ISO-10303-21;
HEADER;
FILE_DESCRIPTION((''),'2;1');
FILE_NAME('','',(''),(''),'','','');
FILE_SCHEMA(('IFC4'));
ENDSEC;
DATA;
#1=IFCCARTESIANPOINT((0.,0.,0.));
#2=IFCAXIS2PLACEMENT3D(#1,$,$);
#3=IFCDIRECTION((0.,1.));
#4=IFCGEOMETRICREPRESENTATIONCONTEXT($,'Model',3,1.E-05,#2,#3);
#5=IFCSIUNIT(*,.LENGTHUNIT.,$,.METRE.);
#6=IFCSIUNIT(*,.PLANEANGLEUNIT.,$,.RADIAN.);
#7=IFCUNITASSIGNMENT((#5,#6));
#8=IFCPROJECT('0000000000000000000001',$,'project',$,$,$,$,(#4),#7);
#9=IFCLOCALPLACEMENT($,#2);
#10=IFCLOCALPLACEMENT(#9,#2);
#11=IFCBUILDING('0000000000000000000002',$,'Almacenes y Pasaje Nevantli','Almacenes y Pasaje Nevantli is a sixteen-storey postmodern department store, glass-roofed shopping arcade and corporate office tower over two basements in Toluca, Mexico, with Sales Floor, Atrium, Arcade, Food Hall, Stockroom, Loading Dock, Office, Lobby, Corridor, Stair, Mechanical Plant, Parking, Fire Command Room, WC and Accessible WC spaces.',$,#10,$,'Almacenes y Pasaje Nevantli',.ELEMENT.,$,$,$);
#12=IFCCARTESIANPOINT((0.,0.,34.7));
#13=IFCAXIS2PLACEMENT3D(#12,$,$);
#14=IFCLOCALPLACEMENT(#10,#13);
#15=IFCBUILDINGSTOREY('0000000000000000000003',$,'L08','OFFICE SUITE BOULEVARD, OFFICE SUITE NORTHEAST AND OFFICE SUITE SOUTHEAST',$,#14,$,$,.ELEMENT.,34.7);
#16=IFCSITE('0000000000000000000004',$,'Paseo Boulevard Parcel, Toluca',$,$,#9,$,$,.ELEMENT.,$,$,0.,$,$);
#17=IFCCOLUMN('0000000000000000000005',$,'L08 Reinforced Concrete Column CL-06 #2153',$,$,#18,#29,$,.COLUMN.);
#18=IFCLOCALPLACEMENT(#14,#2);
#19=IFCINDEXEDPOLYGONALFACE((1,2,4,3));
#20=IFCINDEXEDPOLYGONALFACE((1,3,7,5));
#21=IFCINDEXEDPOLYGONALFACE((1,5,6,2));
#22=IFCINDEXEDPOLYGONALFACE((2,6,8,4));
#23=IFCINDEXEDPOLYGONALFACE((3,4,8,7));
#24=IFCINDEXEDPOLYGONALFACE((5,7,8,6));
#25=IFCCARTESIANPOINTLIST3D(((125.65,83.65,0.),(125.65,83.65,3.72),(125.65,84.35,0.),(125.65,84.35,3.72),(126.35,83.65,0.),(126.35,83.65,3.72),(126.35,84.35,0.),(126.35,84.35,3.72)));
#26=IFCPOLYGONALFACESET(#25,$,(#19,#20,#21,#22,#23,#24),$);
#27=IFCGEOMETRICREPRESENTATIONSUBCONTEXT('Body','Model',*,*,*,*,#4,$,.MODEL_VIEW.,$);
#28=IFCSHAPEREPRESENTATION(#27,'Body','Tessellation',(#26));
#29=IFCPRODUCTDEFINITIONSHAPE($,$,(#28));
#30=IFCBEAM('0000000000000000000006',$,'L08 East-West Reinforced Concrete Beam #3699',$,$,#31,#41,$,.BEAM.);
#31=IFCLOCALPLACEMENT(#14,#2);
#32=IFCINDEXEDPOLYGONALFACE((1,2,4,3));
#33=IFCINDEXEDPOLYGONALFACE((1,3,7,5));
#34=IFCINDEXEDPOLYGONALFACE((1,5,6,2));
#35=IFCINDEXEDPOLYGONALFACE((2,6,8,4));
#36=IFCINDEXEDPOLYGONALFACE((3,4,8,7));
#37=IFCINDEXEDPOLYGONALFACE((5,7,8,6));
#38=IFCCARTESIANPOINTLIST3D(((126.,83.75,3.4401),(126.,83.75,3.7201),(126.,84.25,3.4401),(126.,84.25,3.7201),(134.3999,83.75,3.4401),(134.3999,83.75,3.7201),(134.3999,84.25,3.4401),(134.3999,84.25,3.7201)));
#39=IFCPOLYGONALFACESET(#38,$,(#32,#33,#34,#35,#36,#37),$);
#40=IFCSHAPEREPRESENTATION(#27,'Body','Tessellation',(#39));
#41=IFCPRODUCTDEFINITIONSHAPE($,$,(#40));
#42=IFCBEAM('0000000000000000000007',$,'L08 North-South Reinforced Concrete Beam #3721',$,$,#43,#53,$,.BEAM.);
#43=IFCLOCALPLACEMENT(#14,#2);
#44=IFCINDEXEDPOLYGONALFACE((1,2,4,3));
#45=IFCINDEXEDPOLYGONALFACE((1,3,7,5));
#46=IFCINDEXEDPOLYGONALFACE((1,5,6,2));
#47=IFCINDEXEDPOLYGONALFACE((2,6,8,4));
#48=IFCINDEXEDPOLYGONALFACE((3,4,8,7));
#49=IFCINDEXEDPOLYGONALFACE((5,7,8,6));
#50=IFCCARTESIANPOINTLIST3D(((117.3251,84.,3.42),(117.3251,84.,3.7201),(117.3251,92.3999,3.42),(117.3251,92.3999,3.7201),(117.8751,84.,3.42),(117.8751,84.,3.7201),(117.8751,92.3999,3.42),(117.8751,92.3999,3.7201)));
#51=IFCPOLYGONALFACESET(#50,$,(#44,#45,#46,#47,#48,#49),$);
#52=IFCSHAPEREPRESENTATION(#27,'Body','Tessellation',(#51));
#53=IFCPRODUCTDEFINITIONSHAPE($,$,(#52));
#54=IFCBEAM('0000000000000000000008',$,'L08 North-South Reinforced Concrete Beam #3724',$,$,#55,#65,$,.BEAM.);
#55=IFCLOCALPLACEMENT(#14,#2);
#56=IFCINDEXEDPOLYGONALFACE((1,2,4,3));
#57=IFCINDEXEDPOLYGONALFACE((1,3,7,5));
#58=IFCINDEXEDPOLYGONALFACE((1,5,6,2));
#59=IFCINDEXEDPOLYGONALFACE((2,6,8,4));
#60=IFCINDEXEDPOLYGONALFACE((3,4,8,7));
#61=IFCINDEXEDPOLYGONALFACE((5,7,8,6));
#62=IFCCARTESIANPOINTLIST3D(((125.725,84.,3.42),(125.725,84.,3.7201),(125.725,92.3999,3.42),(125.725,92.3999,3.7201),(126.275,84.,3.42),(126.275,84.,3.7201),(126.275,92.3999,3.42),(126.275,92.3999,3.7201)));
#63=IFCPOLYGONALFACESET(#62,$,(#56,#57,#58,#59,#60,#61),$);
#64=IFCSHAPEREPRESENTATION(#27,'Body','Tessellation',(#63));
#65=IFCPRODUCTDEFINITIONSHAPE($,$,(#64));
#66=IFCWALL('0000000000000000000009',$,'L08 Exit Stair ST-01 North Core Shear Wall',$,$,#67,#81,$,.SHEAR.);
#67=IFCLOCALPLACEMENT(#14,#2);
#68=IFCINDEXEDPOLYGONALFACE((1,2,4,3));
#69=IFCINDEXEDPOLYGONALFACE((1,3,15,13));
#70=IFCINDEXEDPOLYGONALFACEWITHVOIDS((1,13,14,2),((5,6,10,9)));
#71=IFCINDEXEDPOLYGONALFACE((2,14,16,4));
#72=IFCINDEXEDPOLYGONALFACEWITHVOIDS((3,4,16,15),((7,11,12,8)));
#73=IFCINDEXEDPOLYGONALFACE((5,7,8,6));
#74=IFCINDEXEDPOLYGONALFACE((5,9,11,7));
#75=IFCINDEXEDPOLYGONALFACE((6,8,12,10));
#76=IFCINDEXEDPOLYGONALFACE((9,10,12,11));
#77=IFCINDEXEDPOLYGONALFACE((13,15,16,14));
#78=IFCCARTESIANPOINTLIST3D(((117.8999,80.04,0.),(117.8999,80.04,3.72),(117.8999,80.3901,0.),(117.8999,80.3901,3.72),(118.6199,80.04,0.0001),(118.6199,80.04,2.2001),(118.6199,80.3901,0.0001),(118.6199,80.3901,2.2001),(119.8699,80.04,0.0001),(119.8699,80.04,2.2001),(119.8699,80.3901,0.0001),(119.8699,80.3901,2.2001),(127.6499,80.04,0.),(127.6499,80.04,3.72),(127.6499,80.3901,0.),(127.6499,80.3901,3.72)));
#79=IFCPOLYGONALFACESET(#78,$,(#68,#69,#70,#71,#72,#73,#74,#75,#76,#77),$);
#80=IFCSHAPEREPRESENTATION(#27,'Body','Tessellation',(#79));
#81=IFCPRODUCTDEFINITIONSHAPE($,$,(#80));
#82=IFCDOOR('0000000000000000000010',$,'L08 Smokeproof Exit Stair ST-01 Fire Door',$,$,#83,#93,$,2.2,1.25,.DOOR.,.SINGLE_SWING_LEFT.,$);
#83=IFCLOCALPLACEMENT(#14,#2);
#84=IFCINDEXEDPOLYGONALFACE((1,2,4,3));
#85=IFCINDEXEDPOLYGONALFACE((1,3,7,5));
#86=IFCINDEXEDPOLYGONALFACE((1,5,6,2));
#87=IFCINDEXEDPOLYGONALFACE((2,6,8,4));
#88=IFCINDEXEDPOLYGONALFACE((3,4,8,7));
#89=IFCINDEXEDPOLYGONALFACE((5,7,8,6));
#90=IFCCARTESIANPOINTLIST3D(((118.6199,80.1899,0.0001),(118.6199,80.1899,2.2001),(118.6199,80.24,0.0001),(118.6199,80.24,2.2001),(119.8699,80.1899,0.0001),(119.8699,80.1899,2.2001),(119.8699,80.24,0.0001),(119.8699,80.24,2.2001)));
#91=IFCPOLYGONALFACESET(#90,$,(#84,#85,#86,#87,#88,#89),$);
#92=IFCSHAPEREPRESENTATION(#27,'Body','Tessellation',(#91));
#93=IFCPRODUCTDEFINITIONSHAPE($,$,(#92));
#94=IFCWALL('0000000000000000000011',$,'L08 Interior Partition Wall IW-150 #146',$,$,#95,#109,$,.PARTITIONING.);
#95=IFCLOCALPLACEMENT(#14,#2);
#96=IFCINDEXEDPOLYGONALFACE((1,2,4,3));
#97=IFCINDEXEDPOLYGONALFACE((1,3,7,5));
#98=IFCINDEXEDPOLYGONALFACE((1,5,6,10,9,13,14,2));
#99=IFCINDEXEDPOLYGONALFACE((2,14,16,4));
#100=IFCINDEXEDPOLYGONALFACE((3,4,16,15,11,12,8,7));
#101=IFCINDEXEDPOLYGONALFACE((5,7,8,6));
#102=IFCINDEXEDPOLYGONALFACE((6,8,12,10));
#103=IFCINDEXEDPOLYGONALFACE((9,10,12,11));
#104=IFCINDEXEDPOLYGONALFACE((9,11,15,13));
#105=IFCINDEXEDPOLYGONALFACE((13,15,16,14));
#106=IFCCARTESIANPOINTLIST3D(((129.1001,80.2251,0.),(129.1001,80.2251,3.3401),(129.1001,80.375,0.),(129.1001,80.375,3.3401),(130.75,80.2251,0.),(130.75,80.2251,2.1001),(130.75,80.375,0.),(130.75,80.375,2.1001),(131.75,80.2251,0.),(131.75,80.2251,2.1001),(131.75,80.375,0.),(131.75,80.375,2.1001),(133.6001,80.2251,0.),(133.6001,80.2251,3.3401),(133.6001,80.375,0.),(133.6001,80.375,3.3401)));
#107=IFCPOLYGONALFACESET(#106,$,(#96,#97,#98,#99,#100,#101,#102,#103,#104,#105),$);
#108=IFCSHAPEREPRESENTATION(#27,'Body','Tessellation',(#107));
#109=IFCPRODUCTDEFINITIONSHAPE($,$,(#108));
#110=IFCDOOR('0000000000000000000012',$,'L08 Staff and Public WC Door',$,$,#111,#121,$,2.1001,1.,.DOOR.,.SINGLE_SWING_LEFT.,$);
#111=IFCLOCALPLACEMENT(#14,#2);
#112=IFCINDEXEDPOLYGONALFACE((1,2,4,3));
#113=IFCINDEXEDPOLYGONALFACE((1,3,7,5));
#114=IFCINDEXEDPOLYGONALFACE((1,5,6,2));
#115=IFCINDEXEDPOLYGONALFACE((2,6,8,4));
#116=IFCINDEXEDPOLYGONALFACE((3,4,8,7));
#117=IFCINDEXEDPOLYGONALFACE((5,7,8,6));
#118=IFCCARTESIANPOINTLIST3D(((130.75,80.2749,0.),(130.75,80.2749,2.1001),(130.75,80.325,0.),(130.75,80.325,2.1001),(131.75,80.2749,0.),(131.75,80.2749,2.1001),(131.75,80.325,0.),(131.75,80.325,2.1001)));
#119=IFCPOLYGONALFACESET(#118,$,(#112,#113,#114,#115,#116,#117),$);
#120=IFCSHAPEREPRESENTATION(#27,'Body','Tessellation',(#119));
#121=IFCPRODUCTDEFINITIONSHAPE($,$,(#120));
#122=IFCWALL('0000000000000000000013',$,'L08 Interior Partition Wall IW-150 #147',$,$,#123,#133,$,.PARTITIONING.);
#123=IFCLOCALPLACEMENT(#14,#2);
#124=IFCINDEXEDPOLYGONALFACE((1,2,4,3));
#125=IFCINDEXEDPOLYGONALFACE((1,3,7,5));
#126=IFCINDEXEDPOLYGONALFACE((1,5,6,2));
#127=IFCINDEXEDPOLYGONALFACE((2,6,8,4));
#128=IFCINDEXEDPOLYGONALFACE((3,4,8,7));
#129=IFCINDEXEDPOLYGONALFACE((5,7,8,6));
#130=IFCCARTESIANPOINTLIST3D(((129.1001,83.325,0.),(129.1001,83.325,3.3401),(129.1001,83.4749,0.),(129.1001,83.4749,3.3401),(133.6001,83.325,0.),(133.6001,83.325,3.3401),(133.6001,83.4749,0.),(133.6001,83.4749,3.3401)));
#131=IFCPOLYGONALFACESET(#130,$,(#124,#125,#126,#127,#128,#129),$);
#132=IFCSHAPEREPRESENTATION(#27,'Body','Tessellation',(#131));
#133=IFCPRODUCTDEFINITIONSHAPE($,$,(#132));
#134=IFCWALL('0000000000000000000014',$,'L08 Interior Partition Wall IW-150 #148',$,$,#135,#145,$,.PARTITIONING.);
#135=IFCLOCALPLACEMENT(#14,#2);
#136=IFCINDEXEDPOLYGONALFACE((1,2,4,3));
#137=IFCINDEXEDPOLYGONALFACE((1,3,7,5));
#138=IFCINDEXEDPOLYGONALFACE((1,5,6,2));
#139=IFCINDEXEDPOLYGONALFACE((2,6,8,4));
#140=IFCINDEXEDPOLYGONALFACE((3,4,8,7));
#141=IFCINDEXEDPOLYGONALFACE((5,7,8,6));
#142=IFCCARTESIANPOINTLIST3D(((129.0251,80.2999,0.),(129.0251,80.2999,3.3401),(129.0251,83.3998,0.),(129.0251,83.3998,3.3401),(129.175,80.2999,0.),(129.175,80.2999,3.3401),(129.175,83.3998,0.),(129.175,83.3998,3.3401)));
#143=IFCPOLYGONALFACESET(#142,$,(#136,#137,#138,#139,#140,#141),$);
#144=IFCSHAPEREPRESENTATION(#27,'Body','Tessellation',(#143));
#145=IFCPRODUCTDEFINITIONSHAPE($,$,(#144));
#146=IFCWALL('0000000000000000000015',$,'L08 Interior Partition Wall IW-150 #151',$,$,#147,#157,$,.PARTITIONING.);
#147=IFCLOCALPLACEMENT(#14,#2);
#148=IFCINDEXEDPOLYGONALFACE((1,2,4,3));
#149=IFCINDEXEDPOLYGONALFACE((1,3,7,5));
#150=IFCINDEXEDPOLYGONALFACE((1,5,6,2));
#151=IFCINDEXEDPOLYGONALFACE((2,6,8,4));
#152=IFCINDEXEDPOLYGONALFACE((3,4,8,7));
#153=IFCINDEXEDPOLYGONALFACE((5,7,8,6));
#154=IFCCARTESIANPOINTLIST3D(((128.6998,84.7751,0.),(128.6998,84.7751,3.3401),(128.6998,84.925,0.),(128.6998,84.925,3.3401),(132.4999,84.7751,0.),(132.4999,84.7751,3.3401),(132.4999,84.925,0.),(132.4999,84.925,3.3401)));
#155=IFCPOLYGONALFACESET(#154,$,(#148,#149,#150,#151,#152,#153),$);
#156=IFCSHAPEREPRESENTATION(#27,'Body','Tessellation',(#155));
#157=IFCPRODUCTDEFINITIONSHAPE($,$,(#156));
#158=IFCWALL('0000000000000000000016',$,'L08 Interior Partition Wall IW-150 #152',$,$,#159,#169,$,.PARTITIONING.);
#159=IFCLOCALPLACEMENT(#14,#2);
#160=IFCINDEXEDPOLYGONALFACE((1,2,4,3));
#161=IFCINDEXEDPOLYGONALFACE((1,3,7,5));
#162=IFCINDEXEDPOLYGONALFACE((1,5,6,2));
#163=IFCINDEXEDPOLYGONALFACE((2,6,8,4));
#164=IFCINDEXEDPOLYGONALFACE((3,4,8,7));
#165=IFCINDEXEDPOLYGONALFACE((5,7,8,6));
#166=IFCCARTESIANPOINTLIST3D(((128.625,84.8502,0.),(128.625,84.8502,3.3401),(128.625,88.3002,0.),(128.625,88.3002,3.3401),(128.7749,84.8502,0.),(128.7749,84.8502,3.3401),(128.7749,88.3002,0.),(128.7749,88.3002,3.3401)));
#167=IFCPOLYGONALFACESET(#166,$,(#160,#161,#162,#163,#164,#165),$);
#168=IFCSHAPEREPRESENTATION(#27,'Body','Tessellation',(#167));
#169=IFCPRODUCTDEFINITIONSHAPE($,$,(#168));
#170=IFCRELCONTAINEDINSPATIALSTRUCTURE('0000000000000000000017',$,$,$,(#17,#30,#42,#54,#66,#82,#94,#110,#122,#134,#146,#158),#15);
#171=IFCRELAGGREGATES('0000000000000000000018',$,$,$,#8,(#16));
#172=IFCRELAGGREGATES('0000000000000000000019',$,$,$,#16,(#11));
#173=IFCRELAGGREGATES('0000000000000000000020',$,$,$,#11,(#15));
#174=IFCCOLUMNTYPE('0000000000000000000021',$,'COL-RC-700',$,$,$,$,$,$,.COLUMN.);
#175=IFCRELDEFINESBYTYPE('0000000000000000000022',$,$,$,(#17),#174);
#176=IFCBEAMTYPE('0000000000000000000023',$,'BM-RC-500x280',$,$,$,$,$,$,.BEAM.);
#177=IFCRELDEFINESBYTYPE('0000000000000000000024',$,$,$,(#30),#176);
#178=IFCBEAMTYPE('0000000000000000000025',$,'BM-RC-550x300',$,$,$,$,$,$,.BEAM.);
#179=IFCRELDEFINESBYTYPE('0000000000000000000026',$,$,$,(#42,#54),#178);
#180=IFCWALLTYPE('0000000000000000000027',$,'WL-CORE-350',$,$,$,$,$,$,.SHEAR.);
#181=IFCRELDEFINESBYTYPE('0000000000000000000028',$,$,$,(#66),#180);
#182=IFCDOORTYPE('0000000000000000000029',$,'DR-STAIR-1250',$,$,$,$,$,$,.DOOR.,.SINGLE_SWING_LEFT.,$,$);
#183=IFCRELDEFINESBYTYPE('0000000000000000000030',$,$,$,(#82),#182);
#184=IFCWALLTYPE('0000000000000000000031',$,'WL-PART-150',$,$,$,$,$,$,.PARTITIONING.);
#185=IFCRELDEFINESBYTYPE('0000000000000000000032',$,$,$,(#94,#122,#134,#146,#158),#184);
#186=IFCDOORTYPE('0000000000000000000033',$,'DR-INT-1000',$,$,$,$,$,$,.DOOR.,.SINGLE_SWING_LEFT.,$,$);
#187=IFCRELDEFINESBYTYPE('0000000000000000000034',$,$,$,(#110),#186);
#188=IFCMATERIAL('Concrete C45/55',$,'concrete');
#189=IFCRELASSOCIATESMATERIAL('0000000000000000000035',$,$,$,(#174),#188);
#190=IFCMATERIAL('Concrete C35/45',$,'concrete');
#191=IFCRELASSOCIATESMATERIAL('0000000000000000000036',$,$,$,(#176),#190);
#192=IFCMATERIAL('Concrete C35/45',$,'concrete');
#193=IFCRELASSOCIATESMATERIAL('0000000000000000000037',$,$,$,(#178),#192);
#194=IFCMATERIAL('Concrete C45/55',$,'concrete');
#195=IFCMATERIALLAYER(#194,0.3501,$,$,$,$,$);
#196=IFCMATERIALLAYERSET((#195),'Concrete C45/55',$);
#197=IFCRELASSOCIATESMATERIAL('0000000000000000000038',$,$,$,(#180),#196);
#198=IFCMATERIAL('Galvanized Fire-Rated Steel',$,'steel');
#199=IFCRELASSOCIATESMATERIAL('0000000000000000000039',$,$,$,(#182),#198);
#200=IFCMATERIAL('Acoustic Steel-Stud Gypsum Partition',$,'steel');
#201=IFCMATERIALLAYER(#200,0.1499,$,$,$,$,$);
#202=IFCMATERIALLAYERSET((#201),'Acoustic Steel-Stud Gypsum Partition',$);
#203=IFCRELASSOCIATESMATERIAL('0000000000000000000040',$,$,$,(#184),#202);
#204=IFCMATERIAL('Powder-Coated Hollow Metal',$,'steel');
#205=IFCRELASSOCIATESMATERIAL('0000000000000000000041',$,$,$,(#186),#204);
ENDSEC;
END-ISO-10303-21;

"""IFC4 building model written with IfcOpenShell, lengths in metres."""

from ifc_helpers import new_model, si_unit, direction, frame, frame_2d, origin, origin_2d, place, context, subcontext, project, spatial, rectangle, extrude, material, layer, layer_set, material_profile, profile_set, type_object, element, fill, save


model = new_model("IFC4")

# Units and contexts
model_context = context("Model", 3, precision=1e-05, world=origin(), true_north=direction((0.0, 1.0)))
body_context = subcontext(model_context, "Body", "Model", "MODEL_VIEW")
ifc_project = project(units=[si_unit("LENGTHUNIT", "METRE"), si_unit("PLANEANGLEUNIT", "RADIAN")], contexts=[model_context])

# Site, building, storey
site_placement = place(None, origin())
site = spatial("IfcSite", under=ifc_project, at=site_placement, Name="Paseo Boulevard Parcel, Toluca", CompositionType="ELEMENT", RefElevation=0.0)
building_placement = place(site_placement, origin())
building = spatial("IfcBuilding", under=site, at=building_placement, Name="Almacenes y Pasaje Nevantli", Description="Almacenes y Pasaje Nevantli is a sixteen-storey postmodern department store, glass-roofed shopping arcade and corporate office tower over two basements in Toluca, Mexico, with Sales Floor, Atrium, Arcade, Food Hall, Stockroom, Loading Dock, Office, Lobby, Corridor, Stair, Mechanical Plant, Parking, Fire Command Room, WC and Accessible WC spaces.", LongName="Almacenes y Pasaje Nevantli", CompositionType="ELEMENT")
storey_placement = place(building_placement, frame((0.0, 0.0, 34.7)))
storey = spatial("IfcBuildingStorey", under=building, at=storey_placement, Name="L08", Description="OFFICE SUITE BOULEVARD, OFFICE SUITE NORTHEAST AND OFFICE SUITE SOUTHEAST", CompositionType="ELEMENT", Elevation=34.7)

# Column
ifc_material_1 = material(Name="Concrete C45/55", Category="concrete")
ifc_material_profile_1 = material_profile(ifc_material_1, rectangle(XDim=0.7, YDim=0.7, at=origin_2d()), Name="RC-COL-700x700")
ifc_profile_set_1 = profile_set([ifc_material_profile_1], Name="Concrete C45/55")
column_type = type_object("IfcColumnType", Name="COL-RC-700", PredefinedType="COLUMN", material=ifc_profile_set_1)
column_placement = place(storey_placement, frame((126.0, 84.0, 0.0), z_axis=(0.0, 0.0, 1.0), x_axis=(1.0, 0.0, 0.0)))
element("IfcColumn", 1, at=column_placement, inside=storey, type_object=column_type, Name="L08 Reinforced Concrete Column CL-06 #2153", PredefinedType="COLUMN", context=body_context, shape_type="SweptSolid", body=[
    extrude(rectangle(XDim=0.7, YDim=0.7, at=origin_2d()), origin(), (0.0, 0.0, 1.0), 3.72),
])

# Beams
ifc_material_2 = material(Name="Concrete C35/45", Category="concrete")
ifc_material_profile_2 = material_profile(ifc_material_2, rectangle(XDim=0.5, YDim=0.28, at=origin_2d()), Name="RC-BM-500x280")
ifc_profile_set_2 = profile_set([ifc_material_profile_2], Name="Concrete C35/45")
beam_type_1 = type_object("IfcBeamType", Name="BM-RC-500x280", PredefinedType="BEAM", material=ifc_profile_set_2)
beam_placement = place(storey_placement, frame((126.0, 84.0, 3.5801), z_axis=(1.0, 0.0, 0.0), x_axis=(0.0, 1.0, 0.0)))
element("IfcBeam", 2, at=beam_placement, inside=storey, type_object=beam_type_1, Name="L08 East-West Reinforced Concrete Beam #3699", PredefinedType="BEAM", context=body_context, shape_type="SweptSolid", body=[
    extrude(rectangle(XDim=0.5, YDim=0.28, at=origin_2d()), origin(), (0.0, 0.0, 1.0), 8.3999),
])
ifc_material_3 = material(Name="Concrete C35/45", Category="concrete")
ifc_material_profile_3 = material_profile(ifc_material_3, rectangle(XDim=0.55, YDim=0.3, at=origin_2d()), Name="RC-BM-550x300")
ifc_profile_set_3 = profile_set([ifc_material_profile_3], Name="Concrete C35/45")
beam_type_2 = type_object("IfcBeamType", Name="BM-RC-550x300", PredefinedType="BEAM", material=ifc_profile_set_3)
for number, where, z_axis, x_axis, name in (
    (3, (117.6001, 84.0, 3.5701), (0.0, 1.0, 0.0), (-1.0, 0.0, 0.0), "L08 North-South Reinforced Concrete Beam #3721"),
    (4, (126.0, 84.0, 3.5701), (0.0, 1.0, 0.0), (-1.0, 0.0, 0.0), "L08 North-South Reinforced Concrete Beam #3724"),
):
    element("IfcBeam", number, at=place(storey_placement, frame(where, z_axis=z_axis, x_axis=x_axis)), inside=storey, type_object=beam_type_2, Name=name, PredefinedType="BEAM", context=body_context, shape_type="SweptSolid", body=[
        extrude(rectangle(XDim=0.55, YDim=0.3, at=origin_2d()), origin(), (0.0, 0.0, 1.0), 8.3999),
    ])

# Walls, openings, doors
ifc_material_4 = material(Name="Concrete C45/55", Category="concrete")
ifc_layer_1 = layer(ifc_material_4, 0.3501)
ifc_layer_set_1 = layer_set([ifc_layer_1], Name="Concrete C45/55")
wall_type_1 = type_object("IfcWallType", Name="WL-CORE-350", PredefinedType="SHEAR", material=ifc_layer_set_1)
wall_1_placement = place(storey_placement, frame((117.8999, 80.2151, 0.0), z_axis=(0.0, 0.0, 1.0), x_axis=(1.0, 0.0, 0.0)))
wall_1 = element("IfcWall", 5, at=wall_1_placement, inside=storey, type_object=wall_type_1, Name="L08 Exit Stair ST-01 North Core Shear Wall", PredefinedType="SHEAR", context=body_context, shape_type="SweptSolid", body=[
    extrude(rectangle(XDim=9.75, YDim=0.3501, at=frame_2d((4.875, 0.0))), origin(), (0.0, 0.0, 1.0), 3.72),
])
opening_1_placement = place(wall_1_placement, frame((0.72, 0.0, 0.0)))
opening_1 = element("IfcOpeningElement", 6, at=opening_1_placement, cuts=wall_1, PredefinedType="OPENING", context=body_context, shape_type="SweptSolid", body=[
    extrude(rectangle(XDim=1.25, YDim=2.2, at=frame_2d((0.625, 1.1001))), frame((0.0, 0.1851, 0.0), z_axis=(0.0, -1.0, 0.0), x_axis=(1.0, 0.0, 0.0)), (0.0, 0.0, 1.0), 0.3701),
])
ifc_material_5 = material(Name="Galvanized Fire-Rated Steel", Category="steel")
door_type_1 = type_object("IfcDoorType", Name="DR-STAIR-1250", OperationType="SINGLE_SWING_LEFT", PredefinedType="DOOR", material=ifc_material_5)
door_1_placement = place(opening_1_placement, origin())
door_1 = element("IfcDoor", 7, at=door_1_placement, inside=storey, type_object=door_type_1, Name="L08 Smokeproof Exit Stair ST-01 Fire Door", OperationType="SINGLE_SWING_LEFT", OverallHeight=2.2, OverallWidth=1.25, PredefinedType="DOOR", context=body_context, shape_type="SweptSolid", body=[
    extrude(rectangle(XDim=1.25, YDim=2.2, at=frame_2d((0.625, 1.1001))), frame((0.0, 0.0249, 0.0), z_axis=(0.0, -1.0, 0.0), x_axis=(1.0, 0.0, 0.0)), (0.0, 0.0, 1.0), 0.05),
])
fill(opening_1, door_1)
ifc_material_6 = material(Name="Acoustic Steel-Stud Gypsum Partition", Category="steel")
ifc_layer_2 = layer(ifc_material_6, 0.1499)
ifc_layer_set_2 = layer_set([ifc_layer_2], Name="Acoustic Steel-Stud Gypsum Partition")
wall_type_2 = type_object("IfcWallType", Name="WL-PART-150", PredefinedType="PARTITIONING", material=ifc_layer_set_2)
wall_2_placement = place(storey_placement, frame((129.1001, 80.3, 0.0), z_axis=(0.0, 0.0, 1.0), x_axis=(1.0, 0.0, 0.0)))
wall_2 = element("IfcWall", 8, at=wall_2_placement, inside=storey, type_object=wall_type_2, Name="L08 Interior Partition Wall IW-150 #146", PredefinedType="PARTITIONING", context=body_context, shape_type="SweptSolid", body=[
    extrude(rectangle(XDim=4.5, YDim=0.1499, at=frame_2d((2.25, 0.0))), origin(), (0.0, 0.0, 1.0), 3.3401),
])
opening_2_placement = place(wall_2_placement, frame((1.6499, 0.0, 0.0)))
opening_2 = element("IfcOpeningElement", 9, at=opening_2_placement, cuts=wall_2, PredefinedType="OPENING", context=body_context, shape_type="SweptSolid", body=[
    extrude(rectangle(XDim=1.0, YDim=2.1001, at=frame_2d((0.5, 1.05))), frame((0.0, 0.085, 0.0), z_axis=(0.0, -1.0, 0.0), x_axis=(1.0, 0.0, 0.0)), (0.0, 0.0, 1.0), 0.1699),
])
ifc_material_7 = material(Name="Powder-Coated Hollow Metal", Category="steel")
door_type_2 = type_object("IfcDoorType", Name="DR-INT-1000", OperationType="SINGLE_SWING_LEFT", PredefinedType="DOOR", material=ifc_material_7)
door_2_placement = place(opening_2_placement, origin())
door_2 = element("IfcDoor", 10, at=door_2_placement, inside=storey, type_object=door_type_2, Name="L08 Staff and Public WC Door", OperationType="SINGLE_SWING_LEFT", OverallHeight=2.1001, OverallWidth=1.0, PredefinedType="DOOR", context=body_context, shape_type="SweptSolid", body=[
    extrude(rectangle(XDim=1.0, YDim=2.1001, at=frame_2d((0.5, 1.05))), frame((0.0, 0.0249, 0.0), z_axis=(0.0, -1.0, 0.0), x_axis=(1.0, 0.0, 0.0)), (0.0, 0.0, 1.0), 0.05),
])
fill(opening_2, door_2)

# Walls
wall_3_placement = place(storey_placement, frame((129.1001, 83.3999, 0.0), z_axis=(0.0, 0.0, 1.0), x_axis=(1.0, 0.0, 0.0)))
element("IfcWall", 11, at=wall_3_placement, inside=storey, type_object=wall_type_2, Name="L08 Interior Partition Wall IW-150 #147", PredefinedType="PARTITIONING", context=body_context, shape_type="SweptSolid", body=[
    extrude(rectangle(XDim=4.5, YDim=0.1499, at=frame_2d((2.25, 0.0))), origin(), (0.0, 0.0, 1.0), 3.3401),
])
wall_4_placement = place(storey_placement, frame((129.1001, 80.3, 0.0), z_axis=(0.0, 0.0, 1.0), x_axis=(0.0, 1.0, 0.0)))
element("IfcWall", 12, at=wall_4_placement, inside=storey, type_object=wall_type_2, Name="L08 Interior Partition Wall IW-150 #148", PredefinedType="PARTITIONING", context=body_context, shape_type="SweptSolid", body=[
    extrude(rectangle(XDim=3.0999, YDim=0.1499, at=frame_2d((1.5498, 0.0))), origin(), (0.0, 0.0, 1.0), 3.3401),
])
wall_5_placement = place(storey_placement, frame((128.7, 84.8501, 0.0), z_axis=(0.0, 0.0, 1.0), x_axis=(1.0, 0.0, 0.0)))
element("IfcWall", 13, at=wall_5_placement, inside=storey, type_object=wall_type_2, Name="L08 Interior Partition Wall IW-150 #151", PredefinedType="PARTITIONING", context=body_context, shape_type="SweptSolid", body=[
    extrude(rectangle(XDim=3.8, YDim=0.1499, at=frame_2d((1.8999, 0.0))), origin(), (0.0, 0.0, 1.0), 3.3401),
])
wall_6_placement = place(storey_placement, frame((128.7, 84.8501, 0.0), z_axis=(0.0, 0.0, 1.0), x_axis=(0.0, 1.0, 0.0)))
element("IfcWall", 14, at=wall_6_placement, inside=storey, type_object=wall_type_2, Name="L08 Interior Partition Wall IW-150 #152", PredefinedType="PARTITIONING", context=body_context, shape_type="SweptSolid", body=[
    extrude(rectangle(XDim=3.45, YDim=0.1499, at=frame_2d((1.7251, 0.0))), origin(), (0.0, 0.0, 1.0), 3.3401),
])

save(model, "model.ifc")
